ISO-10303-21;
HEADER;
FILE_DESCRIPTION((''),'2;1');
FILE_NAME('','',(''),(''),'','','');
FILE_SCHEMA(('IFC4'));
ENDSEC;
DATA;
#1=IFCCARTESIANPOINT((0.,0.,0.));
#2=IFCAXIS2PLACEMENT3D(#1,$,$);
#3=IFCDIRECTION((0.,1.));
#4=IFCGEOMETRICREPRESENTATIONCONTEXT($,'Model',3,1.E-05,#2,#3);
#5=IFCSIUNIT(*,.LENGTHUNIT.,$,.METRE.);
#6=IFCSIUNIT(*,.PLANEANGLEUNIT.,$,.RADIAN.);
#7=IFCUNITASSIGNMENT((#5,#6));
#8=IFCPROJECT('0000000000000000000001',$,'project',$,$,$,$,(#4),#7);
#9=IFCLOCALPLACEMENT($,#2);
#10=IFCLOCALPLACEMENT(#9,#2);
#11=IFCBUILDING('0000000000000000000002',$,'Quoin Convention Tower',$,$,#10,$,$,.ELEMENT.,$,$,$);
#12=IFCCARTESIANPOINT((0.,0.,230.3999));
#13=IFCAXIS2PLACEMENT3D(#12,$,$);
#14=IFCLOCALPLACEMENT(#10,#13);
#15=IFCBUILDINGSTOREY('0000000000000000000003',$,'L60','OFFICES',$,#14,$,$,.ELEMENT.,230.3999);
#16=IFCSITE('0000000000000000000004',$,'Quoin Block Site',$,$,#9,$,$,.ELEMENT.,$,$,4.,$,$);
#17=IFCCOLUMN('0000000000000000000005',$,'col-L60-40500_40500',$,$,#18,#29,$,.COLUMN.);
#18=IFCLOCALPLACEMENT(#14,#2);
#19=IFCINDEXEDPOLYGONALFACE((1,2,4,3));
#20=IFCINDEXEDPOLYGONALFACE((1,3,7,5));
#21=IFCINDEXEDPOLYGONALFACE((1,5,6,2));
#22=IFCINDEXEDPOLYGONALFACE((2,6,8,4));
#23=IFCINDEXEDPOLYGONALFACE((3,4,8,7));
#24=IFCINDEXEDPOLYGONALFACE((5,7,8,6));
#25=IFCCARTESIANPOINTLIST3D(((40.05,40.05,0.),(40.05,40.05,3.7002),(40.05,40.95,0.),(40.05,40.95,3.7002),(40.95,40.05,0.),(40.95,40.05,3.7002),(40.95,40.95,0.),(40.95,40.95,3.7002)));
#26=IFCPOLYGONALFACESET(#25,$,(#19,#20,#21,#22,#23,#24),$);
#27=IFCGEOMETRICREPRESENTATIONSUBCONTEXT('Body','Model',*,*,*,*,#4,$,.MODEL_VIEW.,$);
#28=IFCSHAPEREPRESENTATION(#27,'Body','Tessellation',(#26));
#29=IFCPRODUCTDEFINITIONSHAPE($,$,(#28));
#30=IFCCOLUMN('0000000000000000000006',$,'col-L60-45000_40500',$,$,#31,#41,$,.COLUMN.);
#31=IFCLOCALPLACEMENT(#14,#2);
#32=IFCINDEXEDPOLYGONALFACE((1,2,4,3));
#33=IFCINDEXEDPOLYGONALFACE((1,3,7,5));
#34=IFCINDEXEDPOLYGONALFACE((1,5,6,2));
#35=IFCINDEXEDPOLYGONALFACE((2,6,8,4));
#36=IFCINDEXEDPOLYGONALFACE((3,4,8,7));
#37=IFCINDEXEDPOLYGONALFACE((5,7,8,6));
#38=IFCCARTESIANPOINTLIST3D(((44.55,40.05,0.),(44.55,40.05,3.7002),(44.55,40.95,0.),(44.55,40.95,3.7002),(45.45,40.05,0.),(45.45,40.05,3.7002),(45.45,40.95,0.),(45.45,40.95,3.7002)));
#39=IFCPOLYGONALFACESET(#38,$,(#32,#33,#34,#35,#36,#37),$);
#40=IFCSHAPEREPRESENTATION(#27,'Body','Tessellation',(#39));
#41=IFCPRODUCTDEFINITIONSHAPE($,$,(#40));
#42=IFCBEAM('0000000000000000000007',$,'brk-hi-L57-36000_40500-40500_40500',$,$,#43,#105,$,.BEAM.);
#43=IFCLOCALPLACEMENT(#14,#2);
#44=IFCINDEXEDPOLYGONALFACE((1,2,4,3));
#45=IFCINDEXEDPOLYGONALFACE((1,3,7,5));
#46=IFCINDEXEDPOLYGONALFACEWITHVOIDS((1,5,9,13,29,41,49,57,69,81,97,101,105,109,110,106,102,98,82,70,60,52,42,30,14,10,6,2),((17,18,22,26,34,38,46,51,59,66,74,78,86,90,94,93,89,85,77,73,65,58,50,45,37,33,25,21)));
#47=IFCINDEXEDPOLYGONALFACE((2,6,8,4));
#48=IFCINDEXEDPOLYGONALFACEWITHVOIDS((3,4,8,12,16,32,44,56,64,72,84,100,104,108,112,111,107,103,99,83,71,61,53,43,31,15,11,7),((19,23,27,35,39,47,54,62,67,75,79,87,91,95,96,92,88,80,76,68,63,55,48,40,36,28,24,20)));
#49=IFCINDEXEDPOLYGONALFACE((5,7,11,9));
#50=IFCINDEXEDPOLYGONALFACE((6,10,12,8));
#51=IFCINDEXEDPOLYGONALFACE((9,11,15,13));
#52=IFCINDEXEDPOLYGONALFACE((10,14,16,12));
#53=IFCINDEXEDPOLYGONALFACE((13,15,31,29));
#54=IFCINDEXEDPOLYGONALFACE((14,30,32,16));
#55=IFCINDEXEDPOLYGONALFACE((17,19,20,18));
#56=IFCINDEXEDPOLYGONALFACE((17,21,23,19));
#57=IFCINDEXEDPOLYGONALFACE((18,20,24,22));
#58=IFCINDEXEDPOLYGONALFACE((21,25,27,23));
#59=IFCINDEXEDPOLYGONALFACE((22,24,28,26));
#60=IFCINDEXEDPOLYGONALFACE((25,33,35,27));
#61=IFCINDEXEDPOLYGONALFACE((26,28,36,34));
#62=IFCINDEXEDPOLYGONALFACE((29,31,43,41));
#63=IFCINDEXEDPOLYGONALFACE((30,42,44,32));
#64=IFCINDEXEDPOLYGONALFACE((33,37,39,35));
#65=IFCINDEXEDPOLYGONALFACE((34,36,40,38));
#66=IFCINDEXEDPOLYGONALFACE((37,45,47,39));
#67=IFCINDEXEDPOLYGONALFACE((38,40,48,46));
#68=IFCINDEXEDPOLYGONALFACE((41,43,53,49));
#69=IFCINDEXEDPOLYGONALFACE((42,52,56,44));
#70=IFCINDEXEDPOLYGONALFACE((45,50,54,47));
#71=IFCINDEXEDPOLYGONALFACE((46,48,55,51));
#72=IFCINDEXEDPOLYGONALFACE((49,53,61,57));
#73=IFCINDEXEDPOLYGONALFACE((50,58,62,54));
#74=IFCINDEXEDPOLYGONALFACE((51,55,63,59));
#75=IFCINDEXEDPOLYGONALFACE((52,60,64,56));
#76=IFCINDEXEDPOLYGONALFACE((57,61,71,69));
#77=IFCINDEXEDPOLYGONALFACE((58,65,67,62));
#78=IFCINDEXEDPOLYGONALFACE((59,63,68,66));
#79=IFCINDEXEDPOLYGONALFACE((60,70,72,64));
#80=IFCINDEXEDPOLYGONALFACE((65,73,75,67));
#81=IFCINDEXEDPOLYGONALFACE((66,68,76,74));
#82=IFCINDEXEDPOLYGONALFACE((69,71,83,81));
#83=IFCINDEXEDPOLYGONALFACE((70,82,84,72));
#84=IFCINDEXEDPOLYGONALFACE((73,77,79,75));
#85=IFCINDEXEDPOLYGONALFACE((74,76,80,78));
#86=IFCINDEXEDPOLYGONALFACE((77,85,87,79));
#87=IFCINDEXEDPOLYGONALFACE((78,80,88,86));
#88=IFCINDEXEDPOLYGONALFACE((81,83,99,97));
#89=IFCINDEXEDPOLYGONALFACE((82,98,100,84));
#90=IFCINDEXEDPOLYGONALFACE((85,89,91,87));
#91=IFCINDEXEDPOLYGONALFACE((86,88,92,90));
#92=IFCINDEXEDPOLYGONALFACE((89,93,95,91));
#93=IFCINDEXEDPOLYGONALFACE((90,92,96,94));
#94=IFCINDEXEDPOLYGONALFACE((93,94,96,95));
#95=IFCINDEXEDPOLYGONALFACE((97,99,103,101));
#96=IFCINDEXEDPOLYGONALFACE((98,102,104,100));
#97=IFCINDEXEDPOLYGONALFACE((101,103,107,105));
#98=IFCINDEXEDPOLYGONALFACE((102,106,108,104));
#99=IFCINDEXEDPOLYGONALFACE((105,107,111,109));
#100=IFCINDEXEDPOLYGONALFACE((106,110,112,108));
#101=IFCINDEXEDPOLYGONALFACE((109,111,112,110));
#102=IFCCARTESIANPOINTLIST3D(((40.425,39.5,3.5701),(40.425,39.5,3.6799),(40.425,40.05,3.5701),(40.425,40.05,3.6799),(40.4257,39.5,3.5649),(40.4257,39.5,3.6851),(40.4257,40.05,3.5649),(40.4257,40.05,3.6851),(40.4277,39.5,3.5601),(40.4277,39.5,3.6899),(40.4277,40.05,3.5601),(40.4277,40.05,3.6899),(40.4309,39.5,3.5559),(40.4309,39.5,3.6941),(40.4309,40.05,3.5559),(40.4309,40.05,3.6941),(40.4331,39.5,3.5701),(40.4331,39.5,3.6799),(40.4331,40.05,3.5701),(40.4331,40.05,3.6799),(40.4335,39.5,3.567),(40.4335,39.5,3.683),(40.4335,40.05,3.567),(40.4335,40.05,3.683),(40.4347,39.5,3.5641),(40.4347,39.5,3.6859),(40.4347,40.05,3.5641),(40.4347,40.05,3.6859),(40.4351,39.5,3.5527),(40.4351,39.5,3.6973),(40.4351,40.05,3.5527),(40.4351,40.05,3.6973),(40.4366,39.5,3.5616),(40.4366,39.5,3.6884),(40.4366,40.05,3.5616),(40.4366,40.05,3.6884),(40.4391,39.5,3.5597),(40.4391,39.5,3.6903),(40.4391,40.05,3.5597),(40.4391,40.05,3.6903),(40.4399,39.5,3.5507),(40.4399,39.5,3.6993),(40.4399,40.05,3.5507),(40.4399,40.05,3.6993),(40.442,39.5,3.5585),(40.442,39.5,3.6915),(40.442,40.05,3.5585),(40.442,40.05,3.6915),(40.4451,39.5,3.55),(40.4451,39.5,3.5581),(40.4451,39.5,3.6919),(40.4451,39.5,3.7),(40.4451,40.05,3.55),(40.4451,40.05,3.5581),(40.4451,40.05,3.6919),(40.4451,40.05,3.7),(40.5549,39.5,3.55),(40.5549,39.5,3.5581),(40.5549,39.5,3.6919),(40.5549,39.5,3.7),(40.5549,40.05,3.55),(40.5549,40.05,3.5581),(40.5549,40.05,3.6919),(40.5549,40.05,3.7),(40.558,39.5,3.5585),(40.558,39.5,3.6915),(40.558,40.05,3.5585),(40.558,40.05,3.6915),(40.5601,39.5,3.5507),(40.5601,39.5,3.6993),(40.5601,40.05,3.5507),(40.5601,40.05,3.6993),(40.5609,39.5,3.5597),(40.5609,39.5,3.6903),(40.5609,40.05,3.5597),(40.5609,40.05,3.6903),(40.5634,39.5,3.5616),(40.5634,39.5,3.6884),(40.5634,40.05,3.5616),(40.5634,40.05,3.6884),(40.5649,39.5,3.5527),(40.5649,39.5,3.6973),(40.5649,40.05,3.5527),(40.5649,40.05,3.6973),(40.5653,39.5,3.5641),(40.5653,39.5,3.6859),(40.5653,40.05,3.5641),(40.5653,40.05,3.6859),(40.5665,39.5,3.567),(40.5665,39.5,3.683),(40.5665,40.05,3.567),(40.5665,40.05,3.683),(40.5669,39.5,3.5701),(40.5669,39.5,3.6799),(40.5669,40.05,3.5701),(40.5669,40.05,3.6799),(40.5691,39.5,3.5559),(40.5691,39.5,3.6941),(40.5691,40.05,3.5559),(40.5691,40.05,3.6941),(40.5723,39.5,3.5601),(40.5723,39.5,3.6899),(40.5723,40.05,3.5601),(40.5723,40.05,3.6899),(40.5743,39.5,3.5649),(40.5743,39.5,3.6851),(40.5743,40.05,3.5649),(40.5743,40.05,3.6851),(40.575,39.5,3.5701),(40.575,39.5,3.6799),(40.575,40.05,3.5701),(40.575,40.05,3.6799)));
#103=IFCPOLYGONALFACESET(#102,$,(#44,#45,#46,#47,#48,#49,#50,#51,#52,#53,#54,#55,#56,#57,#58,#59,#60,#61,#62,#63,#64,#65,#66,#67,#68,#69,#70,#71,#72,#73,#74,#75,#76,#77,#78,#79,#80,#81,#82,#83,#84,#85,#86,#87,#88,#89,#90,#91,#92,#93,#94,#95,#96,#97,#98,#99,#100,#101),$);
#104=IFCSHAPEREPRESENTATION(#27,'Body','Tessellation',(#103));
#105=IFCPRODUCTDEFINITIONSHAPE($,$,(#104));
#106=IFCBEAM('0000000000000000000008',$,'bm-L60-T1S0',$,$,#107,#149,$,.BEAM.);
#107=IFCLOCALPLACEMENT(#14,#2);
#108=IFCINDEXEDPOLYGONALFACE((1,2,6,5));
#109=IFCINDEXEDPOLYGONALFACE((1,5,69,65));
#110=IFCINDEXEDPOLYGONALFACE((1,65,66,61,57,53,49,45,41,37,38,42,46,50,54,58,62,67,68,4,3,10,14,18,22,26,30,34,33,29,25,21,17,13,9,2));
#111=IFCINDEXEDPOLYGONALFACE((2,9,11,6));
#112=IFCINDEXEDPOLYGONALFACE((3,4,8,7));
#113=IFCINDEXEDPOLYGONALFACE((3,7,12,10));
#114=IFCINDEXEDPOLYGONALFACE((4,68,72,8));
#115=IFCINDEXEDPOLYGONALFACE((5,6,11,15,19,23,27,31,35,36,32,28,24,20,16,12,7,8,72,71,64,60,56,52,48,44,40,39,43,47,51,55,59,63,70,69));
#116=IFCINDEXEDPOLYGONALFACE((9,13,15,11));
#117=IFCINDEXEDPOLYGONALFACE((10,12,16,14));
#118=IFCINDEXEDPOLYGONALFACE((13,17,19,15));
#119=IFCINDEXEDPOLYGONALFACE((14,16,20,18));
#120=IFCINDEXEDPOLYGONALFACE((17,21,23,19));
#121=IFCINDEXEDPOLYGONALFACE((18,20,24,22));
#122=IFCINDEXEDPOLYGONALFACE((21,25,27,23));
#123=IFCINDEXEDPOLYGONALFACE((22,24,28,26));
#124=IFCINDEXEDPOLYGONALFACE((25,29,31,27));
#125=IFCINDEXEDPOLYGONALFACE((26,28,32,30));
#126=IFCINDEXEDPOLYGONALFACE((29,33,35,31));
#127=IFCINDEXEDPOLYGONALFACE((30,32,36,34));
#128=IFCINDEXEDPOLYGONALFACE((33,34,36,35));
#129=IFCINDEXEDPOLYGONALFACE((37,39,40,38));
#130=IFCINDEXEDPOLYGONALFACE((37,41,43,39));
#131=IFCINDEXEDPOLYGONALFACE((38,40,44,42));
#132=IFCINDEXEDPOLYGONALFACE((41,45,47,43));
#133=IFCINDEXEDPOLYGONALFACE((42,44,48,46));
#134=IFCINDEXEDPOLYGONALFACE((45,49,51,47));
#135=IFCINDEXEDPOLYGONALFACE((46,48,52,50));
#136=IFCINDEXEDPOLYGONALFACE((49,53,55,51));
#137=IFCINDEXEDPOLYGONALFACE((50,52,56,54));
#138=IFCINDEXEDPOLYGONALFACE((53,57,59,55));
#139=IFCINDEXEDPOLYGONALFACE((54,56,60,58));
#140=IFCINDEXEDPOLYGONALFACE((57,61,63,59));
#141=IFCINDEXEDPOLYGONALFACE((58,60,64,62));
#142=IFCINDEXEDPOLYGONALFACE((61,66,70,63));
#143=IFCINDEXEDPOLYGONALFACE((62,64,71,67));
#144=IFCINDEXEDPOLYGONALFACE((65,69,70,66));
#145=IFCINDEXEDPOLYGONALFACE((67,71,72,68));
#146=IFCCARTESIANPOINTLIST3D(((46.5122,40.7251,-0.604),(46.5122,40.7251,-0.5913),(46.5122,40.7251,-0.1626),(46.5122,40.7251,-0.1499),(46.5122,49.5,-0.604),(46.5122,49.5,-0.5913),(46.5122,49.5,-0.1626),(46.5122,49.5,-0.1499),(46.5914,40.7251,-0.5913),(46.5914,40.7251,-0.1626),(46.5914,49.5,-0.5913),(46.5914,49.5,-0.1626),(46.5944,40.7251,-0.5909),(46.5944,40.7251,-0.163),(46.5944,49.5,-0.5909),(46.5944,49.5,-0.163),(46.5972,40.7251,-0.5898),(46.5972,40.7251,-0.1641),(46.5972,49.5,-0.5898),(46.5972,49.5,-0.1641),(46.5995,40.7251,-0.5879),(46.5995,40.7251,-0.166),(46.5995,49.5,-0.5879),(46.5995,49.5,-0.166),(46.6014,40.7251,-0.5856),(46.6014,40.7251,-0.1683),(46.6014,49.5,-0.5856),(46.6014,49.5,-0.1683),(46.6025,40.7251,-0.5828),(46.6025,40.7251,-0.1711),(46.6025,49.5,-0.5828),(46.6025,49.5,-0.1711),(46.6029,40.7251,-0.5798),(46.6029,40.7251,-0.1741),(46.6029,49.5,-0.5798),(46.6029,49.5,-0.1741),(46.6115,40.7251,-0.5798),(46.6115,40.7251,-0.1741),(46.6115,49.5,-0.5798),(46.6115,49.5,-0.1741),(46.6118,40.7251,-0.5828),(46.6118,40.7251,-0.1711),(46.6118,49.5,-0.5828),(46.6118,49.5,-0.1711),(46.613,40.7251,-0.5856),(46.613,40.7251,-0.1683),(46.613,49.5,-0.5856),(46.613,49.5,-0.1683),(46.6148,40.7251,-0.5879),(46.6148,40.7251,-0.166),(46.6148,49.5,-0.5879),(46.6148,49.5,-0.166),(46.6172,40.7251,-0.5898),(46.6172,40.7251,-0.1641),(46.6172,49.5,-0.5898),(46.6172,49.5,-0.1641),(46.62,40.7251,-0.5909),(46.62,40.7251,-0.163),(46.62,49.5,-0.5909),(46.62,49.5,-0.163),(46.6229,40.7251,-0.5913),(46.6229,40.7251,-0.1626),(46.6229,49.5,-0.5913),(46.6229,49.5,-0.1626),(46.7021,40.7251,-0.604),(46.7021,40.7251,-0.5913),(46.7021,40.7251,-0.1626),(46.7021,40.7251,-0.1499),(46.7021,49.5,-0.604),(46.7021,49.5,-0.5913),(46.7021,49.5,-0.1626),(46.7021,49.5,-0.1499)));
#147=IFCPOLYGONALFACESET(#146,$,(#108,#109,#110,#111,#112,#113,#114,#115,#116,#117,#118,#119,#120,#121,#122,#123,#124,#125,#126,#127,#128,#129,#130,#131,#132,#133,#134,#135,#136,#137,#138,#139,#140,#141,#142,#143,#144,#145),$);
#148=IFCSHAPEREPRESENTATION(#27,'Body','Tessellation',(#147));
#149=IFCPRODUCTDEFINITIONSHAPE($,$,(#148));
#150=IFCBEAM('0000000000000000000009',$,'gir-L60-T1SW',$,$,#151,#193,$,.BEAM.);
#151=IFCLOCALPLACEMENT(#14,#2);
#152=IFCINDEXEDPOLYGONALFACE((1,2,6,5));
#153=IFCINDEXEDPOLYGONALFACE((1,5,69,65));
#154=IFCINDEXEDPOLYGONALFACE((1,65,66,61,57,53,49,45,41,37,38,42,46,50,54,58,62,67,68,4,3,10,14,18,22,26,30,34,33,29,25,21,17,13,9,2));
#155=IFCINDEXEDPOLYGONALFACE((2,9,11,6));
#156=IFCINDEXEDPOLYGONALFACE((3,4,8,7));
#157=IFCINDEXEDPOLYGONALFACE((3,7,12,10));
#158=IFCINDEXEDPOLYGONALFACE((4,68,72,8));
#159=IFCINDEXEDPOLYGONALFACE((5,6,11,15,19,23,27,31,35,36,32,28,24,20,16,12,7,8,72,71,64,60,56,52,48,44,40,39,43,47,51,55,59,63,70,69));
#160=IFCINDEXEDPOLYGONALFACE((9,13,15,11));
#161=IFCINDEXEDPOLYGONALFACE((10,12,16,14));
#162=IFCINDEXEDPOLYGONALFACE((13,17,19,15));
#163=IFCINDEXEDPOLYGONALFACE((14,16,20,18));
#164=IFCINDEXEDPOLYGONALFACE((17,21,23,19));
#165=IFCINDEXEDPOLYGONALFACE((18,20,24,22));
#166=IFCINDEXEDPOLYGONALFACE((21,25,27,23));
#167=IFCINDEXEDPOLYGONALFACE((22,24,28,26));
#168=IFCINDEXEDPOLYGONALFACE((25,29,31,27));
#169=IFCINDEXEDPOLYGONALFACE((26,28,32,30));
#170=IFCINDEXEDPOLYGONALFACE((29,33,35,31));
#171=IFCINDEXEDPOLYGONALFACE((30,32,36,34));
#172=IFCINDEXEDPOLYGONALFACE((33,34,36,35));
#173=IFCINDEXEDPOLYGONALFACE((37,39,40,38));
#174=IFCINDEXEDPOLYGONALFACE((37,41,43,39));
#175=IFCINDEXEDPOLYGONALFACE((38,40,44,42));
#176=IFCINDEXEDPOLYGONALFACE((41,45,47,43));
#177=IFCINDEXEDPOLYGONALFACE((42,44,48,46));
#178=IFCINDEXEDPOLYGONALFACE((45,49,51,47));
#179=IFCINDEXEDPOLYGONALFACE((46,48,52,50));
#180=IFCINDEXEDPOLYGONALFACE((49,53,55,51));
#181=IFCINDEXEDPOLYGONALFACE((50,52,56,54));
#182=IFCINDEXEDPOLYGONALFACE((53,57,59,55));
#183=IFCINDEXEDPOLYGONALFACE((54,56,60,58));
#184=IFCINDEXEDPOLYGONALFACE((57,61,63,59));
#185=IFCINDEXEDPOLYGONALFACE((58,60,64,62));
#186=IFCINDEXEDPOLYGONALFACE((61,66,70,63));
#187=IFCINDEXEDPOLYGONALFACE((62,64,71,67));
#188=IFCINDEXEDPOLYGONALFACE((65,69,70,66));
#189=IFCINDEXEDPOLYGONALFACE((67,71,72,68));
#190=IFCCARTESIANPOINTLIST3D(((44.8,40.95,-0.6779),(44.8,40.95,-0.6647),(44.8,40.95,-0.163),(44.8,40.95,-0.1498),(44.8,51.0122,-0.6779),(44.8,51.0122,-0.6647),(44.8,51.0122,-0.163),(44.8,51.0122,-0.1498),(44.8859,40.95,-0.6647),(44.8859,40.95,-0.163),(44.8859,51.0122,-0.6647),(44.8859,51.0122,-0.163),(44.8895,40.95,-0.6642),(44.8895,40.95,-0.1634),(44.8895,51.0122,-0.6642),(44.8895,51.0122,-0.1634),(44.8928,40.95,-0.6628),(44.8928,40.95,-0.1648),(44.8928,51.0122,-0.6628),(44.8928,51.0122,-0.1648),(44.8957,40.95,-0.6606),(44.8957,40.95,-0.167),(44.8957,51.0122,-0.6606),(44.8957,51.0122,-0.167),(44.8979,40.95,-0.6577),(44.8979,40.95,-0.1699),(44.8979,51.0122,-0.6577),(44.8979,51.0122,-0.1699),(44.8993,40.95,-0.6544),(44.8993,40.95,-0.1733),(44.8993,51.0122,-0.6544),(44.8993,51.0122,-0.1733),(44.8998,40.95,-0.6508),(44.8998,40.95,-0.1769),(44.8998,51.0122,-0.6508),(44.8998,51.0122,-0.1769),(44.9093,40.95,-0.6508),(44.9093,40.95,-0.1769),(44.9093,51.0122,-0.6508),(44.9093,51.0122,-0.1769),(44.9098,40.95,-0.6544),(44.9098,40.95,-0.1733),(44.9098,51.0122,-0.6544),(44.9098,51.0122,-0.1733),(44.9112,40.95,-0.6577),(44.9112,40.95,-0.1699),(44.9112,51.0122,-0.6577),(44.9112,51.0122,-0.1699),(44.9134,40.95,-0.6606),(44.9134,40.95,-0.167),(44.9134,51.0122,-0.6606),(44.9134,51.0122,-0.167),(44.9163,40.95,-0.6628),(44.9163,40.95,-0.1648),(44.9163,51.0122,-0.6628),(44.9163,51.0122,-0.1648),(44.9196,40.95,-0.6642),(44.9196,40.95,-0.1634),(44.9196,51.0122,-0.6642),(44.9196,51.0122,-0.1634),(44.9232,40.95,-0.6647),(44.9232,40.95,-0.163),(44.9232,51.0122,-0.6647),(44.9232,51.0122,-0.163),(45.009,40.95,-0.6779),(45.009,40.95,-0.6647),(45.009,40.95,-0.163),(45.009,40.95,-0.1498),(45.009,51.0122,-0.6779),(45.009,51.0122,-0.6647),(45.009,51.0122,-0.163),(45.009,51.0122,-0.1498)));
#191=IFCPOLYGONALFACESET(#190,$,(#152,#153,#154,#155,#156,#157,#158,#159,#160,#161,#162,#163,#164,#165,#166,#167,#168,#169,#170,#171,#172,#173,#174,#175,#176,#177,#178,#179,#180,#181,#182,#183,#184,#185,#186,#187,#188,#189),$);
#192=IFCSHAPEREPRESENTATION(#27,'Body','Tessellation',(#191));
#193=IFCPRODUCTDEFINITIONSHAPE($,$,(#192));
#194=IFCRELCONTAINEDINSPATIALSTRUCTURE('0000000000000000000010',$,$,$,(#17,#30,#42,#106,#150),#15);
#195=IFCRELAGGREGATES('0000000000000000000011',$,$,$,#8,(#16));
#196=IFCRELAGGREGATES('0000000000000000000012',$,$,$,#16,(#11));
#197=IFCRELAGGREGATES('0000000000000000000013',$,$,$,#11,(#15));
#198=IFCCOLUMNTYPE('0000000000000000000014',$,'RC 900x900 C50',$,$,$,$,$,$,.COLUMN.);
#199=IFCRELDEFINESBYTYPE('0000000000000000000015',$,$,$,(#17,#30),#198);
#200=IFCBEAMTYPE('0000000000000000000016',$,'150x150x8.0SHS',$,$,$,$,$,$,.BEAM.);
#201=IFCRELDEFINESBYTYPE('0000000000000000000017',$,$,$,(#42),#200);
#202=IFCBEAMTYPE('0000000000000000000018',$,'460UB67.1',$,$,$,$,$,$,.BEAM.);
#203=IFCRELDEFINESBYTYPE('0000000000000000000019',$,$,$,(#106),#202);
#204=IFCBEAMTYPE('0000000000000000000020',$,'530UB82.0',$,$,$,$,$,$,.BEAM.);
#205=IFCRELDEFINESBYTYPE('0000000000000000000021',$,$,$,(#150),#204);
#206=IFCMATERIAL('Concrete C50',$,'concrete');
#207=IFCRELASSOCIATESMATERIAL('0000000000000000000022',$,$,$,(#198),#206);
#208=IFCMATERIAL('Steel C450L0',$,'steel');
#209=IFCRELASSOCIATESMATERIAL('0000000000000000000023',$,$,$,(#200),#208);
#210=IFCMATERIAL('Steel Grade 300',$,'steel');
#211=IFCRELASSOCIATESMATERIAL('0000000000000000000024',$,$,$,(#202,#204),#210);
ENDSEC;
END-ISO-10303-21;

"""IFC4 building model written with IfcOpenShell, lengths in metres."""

from ifc_helpers import new_model, si_unit, direction, frame, origin, origin_2d, place, context, subcontext, project, spatial, rectangle, hollow_rectangle, i_section, extrude, material, material_profile, profile_set, type_object, element, save


model = new_model("IFC4")

# Units and contexts
model_context = context("Model", 3, precision=1e-05, world=origin(), true_north=direction((0.0, 1.0)))
body_context = subcontext(model_context, "Body", "Model", "MODEL_VIEW")
ifc_project = project(units=[si_unit("LENGTHUNIT", "METRE"), si_unit("PLANEANGLEUNIT", "RADIAN")], contexts=[model_context])

# Site, building, storey
site_placement = place(None, origin())
site = spatial("IfcSite", under=ifc_project, at=site_placement, Name="Quoin Block Site", CompositionType="ELEMENT", RefElevation=4.0)
building_placement = place(site_placement, origin())
building = spatial("IfcBuilding", under=site, at=building_placement, Name="Quoin Convention Tower", CompositionType="ELEMENT")
storey_placement = place(building_placement, frame((0.0, 0.0, 230.3999)))
storey = spatial("IfcBuildingStorey", under=building, at=storey_placement, Name="L60", Description="OFFICES", CompositionType="ELEMENT", Elevation=230.3999)

# Columns
ifc_material_1 = material(Name="Concrete C50", Category="concrete")
ifc_material_profile_1 = material_profile(ifc_material_1, rectangle(XDim=0.8999, YDim=0.8999, at=origin_2d()), Name="RC 900x900")
ifc_profile_set_1 = profile_set([ifc_material_profile_1], Name="Concrete C50")
column_type = type_object("IfcColumnType", Name="RC 900x900 C50", PredefinedType="COLUMN", material=ifc_profile_set_1)
for number, where, z_axis, x_axis, name in (
    (1, (40.5, 40.5, 0.0), (0.0, 0.0, 1.0), (1.0, 0.0, 0.0), "col-L60-40500_40500"),
    (2, (45.0, 40.5, 0.0), (0.0, 0.0, 1.0), (1.0, 0.0, 0.0), "col-L60-45000_40500"),
):
    element("IfcColumn", number, at=place(storey_placement, frame(where, z_axis=z_axis, x_axis=x_axis)), inside=storey, type_object=column_type, Name=name, PredefinedType="COLUMN", context=body_context, shape_type="SweptSolid", body=[
        extrude(rectangle(XDim=0.8999, YDim=0.8999, at=origin_2d()), origin(), (0.0, 0.0, 1.0), 3.7002),
    ])

# Beams
ifc_material_2 = material(Name="Steel C450L0", Category="steel")
ifc_material_profile_2 = material_profile(ifc_material_2, hollow_rectangle(XDim=0.1499, YDim=0.1499, WallThickness=0.0081, InnerFilletRadius=0.012, OuterFilletRadius=0.02, at=origin_2d()), Name="150x150x8.0SHS")
ifc_profile_set_2 = profile_set([ifc_material_profile_2], Name="Steel C450L0")
beam_type_1 = type_object("IfcBeamType", Name="150x150x8.0SHS", PredefinedType="BEAM", material=ifc_profile_set_2)
beam_1_placement = place(storey_placement, frame((40.5, 40.05, 3.625), z_axis=(0.0, -1.0, 0.0), x_axis=(1.0, 0.0, 0.0)))
element("IfcBeam", 3, at=beam_1_placement, inside=storey, type_object=beam_type_1, Name="brk-hi-L57-36000_40500-40500_40500", PredefinedType="BEAM", context=body_context, shape_type="SweptSolid", body=[
    extrude(hollow_rectangle(XDim=0.1499, YDim=0.1499, WallThickness=0.0081, InnerFilletRadius=0.012, OuterFilletRadius=0.02, at=origin_2d()), origin(), (0.0, 0.0, 1.0), 0.55),
])
ifc_material_3 = material(Name="Steel Grade 300", Category="steel")
ifc_material_profile_3 = material_profile(ifc_material_3, i_section(OverallWidth=0.1899, OverallDepth=0.4541, WebThickness=0.0085, FlangeThickness=0.0127, FilletRadius=0.0115, at=origin_2d()), Name="460UB67.1")
ifc_profile_set_3 = profile_set([ifc_material_profile_3], Name="Steel Grade 300")
beam_type_2 = type_object("IfcBeamType", Name="460UB67.1", PredefinedType="BEAM", material=ifc_profile_set_3)
beam_2_placement = place(storey_placement, frame((46.6072, 40.7251, -0.377), z_axis=(0.0, 1.0, 0.0), x_axis=(-1.0, 0.0, 0.0)))
element("IfcBeam", 4, at=beam_2_placement, inside=storey, type_object=beam_type_2, Name="bm-L60-T1S0", PredefinedType="BEAM", context=body_context, shape_type="SweptSolid", body=[
    extrude(i_section(OverallWidth=0.1899, OverallDepth=0.4541, WebThickness=0.0085, FlangeThickness=0.0127, FilletRadius=0.0115, at=origin_2d()), origin(), (0.0, 0.0, 1.0), 8.7749),
])
ifc_material_profile_4 = material_profile(ifc_material_3, i_section(OverallWidth=0.209, OverallDepth=0.5281, WebThickness=0.0095, FlangeThickness=0.0132, FilletRadius=0.0139, at=origin_2d()), Name="530UB82.0")
ifc_profile_set_4 = profile_set([ifc_material_profile_4], Name="Steel Grade 300")
beam_type_3 = type_object("IfcBeamType", Name="530UB82.0", PredefinedType="BEAM", material=ifc_profile_set_4)
beam_3_placement = place(storey_placement, frame((44.9045, 40.95, -0.4138), z_axis=(0.0, 1.0, 0.0), x_axis=(-1.0, 0.0, 0.0)))
element("IfcBeam", 5, at=beam_3_placement, inside=storey, type_object=beam_type_3, Name="gir-L60-T1SW", PredefinedType="BEAM", context=body_context, shape_type="SweptSolid", body=[
    extrude(i_section(OverallWidth=0.209, OverallDepth=0.5281, WebThickness=0.0095, FlangeThickness=0.0132, FilletRadius=0.0139, at=origin_2d()), origin(), (0.0, 0.0, 1.0), 10.0623),
])

save(model, "model.ifc")
